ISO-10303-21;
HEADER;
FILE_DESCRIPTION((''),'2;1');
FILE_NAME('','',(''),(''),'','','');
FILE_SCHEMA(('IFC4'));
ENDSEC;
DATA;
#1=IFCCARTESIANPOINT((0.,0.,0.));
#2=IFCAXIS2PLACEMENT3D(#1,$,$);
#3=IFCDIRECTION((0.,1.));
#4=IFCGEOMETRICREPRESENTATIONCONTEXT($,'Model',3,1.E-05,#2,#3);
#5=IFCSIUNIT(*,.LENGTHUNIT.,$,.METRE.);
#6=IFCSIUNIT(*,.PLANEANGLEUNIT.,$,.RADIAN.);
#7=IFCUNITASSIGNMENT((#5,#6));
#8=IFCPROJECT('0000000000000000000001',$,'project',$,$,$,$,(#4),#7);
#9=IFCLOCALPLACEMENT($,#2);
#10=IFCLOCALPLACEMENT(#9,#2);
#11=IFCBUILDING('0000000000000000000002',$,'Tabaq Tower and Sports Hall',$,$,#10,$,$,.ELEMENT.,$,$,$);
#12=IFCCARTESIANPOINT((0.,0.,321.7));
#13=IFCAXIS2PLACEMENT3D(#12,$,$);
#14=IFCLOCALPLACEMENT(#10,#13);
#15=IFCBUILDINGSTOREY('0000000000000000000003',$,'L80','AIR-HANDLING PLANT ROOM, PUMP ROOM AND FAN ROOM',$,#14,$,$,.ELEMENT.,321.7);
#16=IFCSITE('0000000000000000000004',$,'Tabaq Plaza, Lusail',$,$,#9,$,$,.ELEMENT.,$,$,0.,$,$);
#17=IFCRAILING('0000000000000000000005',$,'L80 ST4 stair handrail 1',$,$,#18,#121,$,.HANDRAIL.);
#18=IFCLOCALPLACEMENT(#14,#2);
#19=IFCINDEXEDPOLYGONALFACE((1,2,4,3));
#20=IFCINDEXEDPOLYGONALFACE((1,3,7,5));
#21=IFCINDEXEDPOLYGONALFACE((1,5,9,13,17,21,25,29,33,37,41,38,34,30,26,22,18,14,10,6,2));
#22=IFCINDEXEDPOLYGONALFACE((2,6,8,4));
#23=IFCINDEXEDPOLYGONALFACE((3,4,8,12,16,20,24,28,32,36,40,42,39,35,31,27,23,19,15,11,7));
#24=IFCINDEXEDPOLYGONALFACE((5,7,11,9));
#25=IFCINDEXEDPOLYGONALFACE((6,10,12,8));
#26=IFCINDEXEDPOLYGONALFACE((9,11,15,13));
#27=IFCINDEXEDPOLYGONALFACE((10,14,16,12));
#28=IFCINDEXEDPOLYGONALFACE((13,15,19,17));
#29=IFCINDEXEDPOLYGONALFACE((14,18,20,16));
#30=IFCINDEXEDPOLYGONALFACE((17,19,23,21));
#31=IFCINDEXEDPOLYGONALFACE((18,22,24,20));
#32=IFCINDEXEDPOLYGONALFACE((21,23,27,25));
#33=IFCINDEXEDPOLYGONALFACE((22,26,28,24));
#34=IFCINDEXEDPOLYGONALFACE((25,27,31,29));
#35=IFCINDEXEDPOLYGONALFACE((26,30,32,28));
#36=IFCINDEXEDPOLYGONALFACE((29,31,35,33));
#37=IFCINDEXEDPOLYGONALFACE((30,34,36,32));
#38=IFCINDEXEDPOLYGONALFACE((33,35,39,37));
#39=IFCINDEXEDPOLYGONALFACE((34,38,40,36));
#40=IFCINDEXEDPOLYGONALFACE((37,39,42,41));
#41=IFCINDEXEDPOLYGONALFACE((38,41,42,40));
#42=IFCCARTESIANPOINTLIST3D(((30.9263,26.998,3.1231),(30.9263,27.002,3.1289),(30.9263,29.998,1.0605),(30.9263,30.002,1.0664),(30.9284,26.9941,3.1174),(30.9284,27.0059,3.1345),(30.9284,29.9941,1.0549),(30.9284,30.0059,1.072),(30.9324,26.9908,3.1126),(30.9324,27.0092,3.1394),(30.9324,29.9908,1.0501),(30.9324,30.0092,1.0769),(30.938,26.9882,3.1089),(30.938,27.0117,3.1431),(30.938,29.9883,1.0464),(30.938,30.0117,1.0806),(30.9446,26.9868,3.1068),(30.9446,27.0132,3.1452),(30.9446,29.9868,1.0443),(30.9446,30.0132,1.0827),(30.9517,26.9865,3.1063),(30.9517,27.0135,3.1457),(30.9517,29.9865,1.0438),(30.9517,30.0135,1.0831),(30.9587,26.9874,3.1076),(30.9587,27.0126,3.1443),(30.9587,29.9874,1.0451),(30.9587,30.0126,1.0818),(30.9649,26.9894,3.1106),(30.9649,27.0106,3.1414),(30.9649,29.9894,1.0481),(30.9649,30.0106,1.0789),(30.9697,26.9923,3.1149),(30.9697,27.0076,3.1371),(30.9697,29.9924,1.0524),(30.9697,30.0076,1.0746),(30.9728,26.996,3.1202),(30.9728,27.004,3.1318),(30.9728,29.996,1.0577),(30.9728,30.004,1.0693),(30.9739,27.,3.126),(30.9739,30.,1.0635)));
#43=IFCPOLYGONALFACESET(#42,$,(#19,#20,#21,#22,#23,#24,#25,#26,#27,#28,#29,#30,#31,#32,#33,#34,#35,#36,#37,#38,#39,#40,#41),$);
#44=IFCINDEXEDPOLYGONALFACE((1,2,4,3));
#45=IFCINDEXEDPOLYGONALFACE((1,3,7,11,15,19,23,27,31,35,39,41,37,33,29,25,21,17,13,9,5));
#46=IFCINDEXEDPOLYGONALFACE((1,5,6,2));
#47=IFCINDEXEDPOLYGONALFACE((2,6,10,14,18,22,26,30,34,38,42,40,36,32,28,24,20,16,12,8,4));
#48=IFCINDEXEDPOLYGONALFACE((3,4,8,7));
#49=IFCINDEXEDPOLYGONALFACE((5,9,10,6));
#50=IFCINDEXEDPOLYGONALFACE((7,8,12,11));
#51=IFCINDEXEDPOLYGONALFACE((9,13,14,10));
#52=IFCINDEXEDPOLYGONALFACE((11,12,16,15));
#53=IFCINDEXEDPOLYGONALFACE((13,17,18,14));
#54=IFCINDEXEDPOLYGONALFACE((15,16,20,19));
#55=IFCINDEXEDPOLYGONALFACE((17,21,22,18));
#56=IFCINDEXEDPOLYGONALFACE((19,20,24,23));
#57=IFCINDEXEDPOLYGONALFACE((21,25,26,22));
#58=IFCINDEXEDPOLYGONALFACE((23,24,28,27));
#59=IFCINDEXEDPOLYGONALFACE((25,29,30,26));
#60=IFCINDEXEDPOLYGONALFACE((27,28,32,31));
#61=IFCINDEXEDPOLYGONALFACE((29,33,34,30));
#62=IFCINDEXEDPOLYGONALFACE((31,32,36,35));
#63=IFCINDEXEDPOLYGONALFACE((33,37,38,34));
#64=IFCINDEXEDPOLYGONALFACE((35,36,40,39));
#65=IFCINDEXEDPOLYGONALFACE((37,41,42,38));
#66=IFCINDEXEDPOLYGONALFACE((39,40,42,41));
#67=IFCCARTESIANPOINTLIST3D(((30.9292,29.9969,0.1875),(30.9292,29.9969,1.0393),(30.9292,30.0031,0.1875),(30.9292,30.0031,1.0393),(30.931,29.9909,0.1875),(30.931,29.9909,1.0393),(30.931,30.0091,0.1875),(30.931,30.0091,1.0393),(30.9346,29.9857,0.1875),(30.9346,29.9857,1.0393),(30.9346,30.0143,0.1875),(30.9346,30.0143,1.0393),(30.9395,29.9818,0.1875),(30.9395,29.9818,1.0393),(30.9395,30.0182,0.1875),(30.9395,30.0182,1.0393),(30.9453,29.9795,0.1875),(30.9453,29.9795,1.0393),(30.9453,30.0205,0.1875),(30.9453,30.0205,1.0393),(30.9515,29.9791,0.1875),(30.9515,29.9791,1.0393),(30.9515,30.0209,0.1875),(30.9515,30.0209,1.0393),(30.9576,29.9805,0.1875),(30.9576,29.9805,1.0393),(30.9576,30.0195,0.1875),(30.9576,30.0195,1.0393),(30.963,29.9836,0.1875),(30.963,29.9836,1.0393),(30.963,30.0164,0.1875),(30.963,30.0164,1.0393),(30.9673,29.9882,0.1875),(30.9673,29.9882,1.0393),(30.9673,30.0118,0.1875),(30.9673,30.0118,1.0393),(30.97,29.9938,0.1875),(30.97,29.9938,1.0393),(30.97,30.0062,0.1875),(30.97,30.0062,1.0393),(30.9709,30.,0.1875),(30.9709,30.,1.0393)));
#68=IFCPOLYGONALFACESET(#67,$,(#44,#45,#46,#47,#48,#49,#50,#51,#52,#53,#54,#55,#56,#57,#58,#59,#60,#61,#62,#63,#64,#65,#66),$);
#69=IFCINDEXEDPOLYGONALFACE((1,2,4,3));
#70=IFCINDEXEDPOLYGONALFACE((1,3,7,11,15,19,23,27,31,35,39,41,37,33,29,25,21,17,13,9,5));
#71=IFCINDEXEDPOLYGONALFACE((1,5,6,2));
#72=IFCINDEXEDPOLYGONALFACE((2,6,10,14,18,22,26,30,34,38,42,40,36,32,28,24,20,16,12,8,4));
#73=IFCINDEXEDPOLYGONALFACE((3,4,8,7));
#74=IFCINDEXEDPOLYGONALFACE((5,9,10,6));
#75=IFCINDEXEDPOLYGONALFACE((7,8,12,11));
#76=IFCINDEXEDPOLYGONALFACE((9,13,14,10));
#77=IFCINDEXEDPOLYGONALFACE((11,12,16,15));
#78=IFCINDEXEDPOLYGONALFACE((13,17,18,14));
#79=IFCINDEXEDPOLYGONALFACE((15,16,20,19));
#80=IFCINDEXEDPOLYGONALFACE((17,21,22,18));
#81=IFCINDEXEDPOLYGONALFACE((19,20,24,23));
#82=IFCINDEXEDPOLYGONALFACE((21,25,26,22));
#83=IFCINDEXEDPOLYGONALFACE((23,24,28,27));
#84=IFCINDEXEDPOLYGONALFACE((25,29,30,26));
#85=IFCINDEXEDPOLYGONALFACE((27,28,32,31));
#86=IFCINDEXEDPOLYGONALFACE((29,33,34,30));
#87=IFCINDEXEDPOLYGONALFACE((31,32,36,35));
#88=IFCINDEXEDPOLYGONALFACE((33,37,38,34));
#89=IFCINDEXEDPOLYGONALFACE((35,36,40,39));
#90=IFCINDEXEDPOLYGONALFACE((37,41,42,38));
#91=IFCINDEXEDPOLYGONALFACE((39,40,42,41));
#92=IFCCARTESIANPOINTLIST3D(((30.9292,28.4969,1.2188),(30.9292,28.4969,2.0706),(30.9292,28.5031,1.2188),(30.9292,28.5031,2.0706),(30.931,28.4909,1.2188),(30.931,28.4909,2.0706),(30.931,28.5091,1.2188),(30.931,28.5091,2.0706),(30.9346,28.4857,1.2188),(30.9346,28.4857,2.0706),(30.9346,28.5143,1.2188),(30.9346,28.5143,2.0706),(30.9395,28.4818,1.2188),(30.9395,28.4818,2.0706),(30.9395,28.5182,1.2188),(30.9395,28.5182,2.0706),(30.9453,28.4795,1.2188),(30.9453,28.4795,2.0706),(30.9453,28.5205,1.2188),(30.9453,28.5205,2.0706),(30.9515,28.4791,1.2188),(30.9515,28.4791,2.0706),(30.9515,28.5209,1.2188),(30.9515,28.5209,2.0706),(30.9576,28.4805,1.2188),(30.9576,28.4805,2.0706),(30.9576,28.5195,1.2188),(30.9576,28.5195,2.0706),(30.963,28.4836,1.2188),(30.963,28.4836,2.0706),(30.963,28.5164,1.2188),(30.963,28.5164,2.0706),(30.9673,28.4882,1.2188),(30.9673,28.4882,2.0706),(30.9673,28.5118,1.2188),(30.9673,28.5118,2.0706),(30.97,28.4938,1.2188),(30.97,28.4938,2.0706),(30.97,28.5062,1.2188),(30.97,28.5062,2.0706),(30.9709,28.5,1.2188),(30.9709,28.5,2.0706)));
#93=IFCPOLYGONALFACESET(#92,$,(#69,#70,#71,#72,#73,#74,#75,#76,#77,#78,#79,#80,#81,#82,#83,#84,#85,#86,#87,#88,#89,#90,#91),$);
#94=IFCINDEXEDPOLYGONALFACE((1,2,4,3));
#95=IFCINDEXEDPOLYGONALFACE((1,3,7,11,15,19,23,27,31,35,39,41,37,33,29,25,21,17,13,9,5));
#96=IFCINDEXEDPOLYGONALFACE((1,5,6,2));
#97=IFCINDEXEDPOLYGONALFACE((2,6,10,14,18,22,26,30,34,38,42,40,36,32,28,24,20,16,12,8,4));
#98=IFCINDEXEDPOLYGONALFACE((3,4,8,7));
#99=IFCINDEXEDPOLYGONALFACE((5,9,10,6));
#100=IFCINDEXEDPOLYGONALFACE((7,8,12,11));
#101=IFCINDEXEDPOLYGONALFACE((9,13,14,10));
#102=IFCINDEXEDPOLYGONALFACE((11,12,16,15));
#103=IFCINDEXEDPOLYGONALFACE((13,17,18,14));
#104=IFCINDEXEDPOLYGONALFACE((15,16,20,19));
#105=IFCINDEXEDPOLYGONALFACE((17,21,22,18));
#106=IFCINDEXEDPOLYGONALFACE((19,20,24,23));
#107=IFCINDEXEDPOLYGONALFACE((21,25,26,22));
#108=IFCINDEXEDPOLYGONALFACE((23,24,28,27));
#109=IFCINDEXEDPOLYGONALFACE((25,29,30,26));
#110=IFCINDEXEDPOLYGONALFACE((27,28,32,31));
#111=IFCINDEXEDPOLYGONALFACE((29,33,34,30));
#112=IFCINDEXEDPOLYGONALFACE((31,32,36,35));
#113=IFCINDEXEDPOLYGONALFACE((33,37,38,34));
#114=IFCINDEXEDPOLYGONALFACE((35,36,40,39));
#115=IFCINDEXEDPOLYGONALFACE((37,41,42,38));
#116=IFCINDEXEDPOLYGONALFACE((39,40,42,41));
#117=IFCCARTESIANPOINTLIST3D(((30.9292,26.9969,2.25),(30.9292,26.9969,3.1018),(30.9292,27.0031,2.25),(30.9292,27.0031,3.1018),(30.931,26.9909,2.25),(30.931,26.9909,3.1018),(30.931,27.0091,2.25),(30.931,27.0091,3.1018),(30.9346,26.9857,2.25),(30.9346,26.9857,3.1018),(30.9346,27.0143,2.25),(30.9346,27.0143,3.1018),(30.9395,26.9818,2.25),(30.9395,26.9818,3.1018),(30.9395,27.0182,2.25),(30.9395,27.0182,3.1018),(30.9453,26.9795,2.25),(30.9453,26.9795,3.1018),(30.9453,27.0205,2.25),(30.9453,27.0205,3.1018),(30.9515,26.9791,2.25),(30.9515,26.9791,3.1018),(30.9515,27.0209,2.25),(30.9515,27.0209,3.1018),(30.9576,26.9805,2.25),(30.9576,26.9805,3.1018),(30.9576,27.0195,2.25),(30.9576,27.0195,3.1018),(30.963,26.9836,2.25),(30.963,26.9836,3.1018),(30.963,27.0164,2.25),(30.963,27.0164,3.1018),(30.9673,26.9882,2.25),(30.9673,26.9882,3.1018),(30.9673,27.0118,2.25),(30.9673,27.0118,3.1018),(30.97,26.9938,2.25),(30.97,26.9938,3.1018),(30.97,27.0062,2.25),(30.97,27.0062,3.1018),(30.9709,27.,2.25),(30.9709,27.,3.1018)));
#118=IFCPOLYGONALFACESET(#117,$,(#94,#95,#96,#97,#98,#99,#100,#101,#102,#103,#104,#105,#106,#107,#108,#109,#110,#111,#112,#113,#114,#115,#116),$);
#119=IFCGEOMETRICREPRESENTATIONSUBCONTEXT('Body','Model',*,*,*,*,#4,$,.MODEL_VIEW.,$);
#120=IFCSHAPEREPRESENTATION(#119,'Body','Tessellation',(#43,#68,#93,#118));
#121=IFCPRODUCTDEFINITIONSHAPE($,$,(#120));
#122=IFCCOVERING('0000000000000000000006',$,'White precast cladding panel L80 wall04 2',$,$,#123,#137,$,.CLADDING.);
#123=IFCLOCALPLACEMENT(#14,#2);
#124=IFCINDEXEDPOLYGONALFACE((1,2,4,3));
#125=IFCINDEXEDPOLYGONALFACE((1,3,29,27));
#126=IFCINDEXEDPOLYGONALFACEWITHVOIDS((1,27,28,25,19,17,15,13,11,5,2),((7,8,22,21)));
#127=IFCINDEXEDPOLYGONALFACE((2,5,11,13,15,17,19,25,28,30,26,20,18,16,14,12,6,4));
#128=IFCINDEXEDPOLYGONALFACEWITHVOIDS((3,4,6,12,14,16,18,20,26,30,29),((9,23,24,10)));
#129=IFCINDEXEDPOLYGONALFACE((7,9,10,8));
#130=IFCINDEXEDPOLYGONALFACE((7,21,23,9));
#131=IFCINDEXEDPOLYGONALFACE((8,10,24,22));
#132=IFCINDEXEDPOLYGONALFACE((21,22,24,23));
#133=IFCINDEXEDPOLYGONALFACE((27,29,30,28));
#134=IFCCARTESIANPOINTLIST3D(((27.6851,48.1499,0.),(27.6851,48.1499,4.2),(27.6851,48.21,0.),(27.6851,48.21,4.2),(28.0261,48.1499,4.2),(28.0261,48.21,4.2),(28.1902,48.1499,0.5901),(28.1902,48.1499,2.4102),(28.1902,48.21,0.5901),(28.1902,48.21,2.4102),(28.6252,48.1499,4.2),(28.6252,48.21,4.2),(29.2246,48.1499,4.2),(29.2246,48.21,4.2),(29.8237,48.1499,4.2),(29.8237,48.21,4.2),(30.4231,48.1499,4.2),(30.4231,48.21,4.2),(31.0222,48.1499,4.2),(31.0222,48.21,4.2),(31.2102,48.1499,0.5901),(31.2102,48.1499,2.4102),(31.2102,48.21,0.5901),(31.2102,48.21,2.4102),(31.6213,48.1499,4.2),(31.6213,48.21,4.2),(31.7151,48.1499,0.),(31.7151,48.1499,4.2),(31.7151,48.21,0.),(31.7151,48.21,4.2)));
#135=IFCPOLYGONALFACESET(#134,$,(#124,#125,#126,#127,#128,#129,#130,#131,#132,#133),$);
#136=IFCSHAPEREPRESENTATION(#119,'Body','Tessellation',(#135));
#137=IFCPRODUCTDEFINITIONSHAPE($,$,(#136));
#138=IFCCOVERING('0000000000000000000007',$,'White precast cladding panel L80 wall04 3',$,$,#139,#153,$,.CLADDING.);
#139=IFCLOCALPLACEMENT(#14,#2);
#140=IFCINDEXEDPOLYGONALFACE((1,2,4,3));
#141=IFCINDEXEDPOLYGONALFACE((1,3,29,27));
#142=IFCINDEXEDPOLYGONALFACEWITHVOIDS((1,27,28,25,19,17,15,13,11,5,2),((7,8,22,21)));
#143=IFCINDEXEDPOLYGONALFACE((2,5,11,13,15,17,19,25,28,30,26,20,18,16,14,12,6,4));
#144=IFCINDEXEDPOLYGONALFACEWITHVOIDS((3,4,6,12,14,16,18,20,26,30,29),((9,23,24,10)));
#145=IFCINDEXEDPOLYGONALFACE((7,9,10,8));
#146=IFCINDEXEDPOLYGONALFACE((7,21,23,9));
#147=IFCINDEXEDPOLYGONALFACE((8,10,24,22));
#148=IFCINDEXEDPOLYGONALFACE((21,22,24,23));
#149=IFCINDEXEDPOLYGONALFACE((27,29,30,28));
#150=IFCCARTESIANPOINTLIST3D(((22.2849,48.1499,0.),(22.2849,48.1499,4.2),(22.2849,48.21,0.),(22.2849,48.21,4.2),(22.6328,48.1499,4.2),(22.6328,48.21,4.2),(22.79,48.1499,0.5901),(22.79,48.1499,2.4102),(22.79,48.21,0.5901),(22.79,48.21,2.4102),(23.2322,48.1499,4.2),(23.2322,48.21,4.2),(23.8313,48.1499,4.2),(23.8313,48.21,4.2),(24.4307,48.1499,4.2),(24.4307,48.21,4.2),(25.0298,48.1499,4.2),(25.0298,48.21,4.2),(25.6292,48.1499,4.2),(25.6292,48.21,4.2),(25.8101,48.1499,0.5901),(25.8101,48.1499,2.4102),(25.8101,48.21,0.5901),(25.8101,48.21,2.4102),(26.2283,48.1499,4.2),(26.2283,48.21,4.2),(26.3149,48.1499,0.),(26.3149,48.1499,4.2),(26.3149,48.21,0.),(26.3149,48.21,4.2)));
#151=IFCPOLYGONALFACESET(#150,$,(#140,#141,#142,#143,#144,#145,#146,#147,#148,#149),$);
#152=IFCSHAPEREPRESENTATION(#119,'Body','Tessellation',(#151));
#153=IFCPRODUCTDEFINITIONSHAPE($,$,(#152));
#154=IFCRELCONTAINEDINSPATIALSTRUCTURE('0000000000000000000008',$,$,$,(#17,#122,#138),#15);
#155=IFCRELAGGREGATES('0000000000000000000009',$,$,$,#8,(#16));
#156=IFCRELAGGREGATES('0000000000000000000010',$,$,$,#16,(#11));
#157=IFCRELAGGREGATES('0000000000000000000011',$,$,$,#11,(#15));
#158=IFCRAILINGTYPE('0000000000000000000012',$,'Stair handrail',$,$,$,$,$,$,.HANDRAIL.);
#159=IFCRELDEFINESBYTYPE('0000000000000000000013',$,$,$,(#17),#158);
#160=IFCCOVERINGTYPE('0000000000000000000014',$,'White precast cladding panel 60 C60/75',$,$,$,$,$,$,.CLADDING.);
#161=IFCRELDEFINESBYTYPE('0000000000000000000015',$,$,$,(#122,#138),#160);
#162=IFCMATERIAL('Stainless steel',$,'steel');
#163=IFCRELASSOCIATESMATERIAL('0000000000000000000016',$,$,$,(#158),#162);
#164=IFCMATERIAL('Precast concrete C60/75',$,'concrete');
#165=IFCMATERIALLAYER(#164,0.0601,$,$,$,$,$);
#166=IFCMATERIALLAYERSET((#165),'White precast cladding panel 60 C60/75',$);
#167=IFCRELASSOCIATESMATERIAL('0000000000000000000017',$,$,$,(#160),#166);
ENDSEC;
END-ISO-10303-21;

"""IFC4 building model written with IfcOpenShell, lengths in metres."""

from ifc_helpers import new_model, si_unit, direction, frame, origin, origin_2d, place, context, subcontext, project, spatial, polyline, circle, outline, extrude, material, layer, layer_set, type_object, element, save


model = new_model("IFC4")

# Units and contexts
model_context = context("Model", 3, precision=1e-05, world=origin(), true_north=direction((0.0, 1.0)))
body_context = subcontext(model_context, "Body", "Model", "MODEL_VIEW")
ifc_project = project(units=[si_unit("LENGTHUNIT", "METRE"), si_unit("PLANEANGLEUNIT", "RADIAN")], contexts=[model_context])

# Site, building, storey
site_placement = place(None, origin())
site = spatial("IfcSite", under=ifc_project, at=site_placement, Name="Tabaq Plaza, Lusail", CompositionType="ELEMENT", RefElevation=0.0)
building_placement = place(site_placement, origin())
building = spatial("IfcBuilding", under=site, at=building_placement, Name="Tabaq Tower and Sports Hall", CompositionType="ELEMENT")
storey_placement = place(building_placement, frame((0.0, 0.0, 321.7)))
storey = spatial("IfcBuildingStorey", under=building, at=storey_placement, Name="L80", Description="AIR-HANDLING PLANT ROOM, PUMP ROOM AND FAN ROOM", CompositionType="ELEMENT", Elevation=321.7)

# Railing
ifc_material_1 = material(Name="Stainless steel", Category="steel")
railing_type = type_object("IfcRailingType", Name="Stair handrail", PredefinedType="HANDRAIL", material=ifc_material_1)
railing_placement = place(storey_placement, frame((30.95, 30.0, 0.1875)))
element("IfcRailing", 1, at=railing_placement, inside=storey, type_object=railing_type, Name="L80 ST4 stair handrail 1", PredefinedType="HANDRAIL", context=body_context, shape_type="SweptSolid", body=[
    extrude(circle(Radius=0.0239, at=origin_2d()), frame((0.0, 0.0, 0.876), z_axis=(0.0, -0.824042, 0.566529), x_axis=(1.0, 0.0, 0.0)), (0.0, 0.0, 1.0), 3.6406),
    extrude(circle(Radius=0.021, at=origin_2d()), origin(), (0.0, 0.0, 1.0), 0.8518),
    extrude(circle(Radius=0.021, at=origin_2d()), frame((0.0, -1.5, 1.0312)), (0.0, 0.0, 1.0), 0.8518),
    extrude(circle(Radius=0.021, at=origin_2d()), frame((0.0, -3.0, 2.0625)), (0.0, 0.0, 1.0), 0.8518),
])

# Coverings
ifc_material_2 = material(Name="Precast concrete C60/75", Category="concrete")
ifc_layer_1 = layer(ifc_material_2, 0.0601)
ifc_layer_set_1 = layer_set([ifc_layer_1], Name="White precast cladding panel 60 C60/75")
covering_type_1 = type_object("IfcCoveringType", Name="White precast cladding panel 60 C60/75", PredefinedType="CLADDING", material=ifc_layer_set_1)
covering_1_placement = place(storey_placement, frame((31.7151, 48.1799, 0.0), z_axis=(0.0, 0.0, 1.0), x_axis=(-1.0, 0.0, 0.0)))
element("IfcCovering", 2, at=covering_1_placement, inside=storey, type_object=covering_type_1, Name="White precast cladding panel L80 wall04 2", PredefinedType="CLADDING", context=body_context, shape_type="SweptSolid", body=[
    extrude(outline(polyline([(0.0, 0.0), (4.03, 0.0), (4.03, 4.2), (3.689, 4.2), (3.0898, 4.2), (2.4905, 4.2), (1.8914, 4.2), (1.292, 4.2), (0.6929, 4.2), (0.0938, 4.2), (0.0, 4.2), (0.0, 0.0)]), holes=[polyline([(0.5049, 0.5901), (0.5049, 2.4102), (3.5249, 2.4102), (3.5249, 0.5901), (0.5049, 0.5901)])]), frame((0.0, 0.03, 0.0), z_axis=(0.0, -1.0, 0.0), x_axis=(1.0, 0.0, 0.0)), (0.0, 0.0, 1.0), 0.0601),
])
covering_2_placement = place(storey_placement, frame((26.3149, 48.1799, 0.0), z_axis=(0.0, 0.0, 1.0), x_axis=(-1.0, 0.0, 0.0)))
element("IfcCovering", 3, at=covering_2_placement, inside=storey, type_object=covering_type_1, Name="White precast cladding panel L80 wall04 3", PredefinedType="CLADDING", context=body_context, shape_type="SweptSolid", body=[
    extrude(outline(polyline([(0.0, 0.0), (4.03, 0.0), (4.03, 4.2), (3.6821, 4.2), (3.0828, 4.2), (2.4836, 4.2), (1.8843, 4.2), (1.2852, 4.2), (0.6858, 4.2), (0.0867, 4.2), (0.0, 4.2), (0.0, 0.0)]), holes=[polyline([(0.5049, 0.5901), (0.5049, 2.4102), (3.5249, 2.4102), (3.5249, 0.5901), (0.5049, 0.5901)])]), frame((0.0, 0.03, 0.0), z_axis=(0.0, -1.0, 0.0), x_axis=(1.0, 0.0, 0.0)), (0.0, 0.0, 1.0), 0.0601),
])

save(model, "model.ifc")
